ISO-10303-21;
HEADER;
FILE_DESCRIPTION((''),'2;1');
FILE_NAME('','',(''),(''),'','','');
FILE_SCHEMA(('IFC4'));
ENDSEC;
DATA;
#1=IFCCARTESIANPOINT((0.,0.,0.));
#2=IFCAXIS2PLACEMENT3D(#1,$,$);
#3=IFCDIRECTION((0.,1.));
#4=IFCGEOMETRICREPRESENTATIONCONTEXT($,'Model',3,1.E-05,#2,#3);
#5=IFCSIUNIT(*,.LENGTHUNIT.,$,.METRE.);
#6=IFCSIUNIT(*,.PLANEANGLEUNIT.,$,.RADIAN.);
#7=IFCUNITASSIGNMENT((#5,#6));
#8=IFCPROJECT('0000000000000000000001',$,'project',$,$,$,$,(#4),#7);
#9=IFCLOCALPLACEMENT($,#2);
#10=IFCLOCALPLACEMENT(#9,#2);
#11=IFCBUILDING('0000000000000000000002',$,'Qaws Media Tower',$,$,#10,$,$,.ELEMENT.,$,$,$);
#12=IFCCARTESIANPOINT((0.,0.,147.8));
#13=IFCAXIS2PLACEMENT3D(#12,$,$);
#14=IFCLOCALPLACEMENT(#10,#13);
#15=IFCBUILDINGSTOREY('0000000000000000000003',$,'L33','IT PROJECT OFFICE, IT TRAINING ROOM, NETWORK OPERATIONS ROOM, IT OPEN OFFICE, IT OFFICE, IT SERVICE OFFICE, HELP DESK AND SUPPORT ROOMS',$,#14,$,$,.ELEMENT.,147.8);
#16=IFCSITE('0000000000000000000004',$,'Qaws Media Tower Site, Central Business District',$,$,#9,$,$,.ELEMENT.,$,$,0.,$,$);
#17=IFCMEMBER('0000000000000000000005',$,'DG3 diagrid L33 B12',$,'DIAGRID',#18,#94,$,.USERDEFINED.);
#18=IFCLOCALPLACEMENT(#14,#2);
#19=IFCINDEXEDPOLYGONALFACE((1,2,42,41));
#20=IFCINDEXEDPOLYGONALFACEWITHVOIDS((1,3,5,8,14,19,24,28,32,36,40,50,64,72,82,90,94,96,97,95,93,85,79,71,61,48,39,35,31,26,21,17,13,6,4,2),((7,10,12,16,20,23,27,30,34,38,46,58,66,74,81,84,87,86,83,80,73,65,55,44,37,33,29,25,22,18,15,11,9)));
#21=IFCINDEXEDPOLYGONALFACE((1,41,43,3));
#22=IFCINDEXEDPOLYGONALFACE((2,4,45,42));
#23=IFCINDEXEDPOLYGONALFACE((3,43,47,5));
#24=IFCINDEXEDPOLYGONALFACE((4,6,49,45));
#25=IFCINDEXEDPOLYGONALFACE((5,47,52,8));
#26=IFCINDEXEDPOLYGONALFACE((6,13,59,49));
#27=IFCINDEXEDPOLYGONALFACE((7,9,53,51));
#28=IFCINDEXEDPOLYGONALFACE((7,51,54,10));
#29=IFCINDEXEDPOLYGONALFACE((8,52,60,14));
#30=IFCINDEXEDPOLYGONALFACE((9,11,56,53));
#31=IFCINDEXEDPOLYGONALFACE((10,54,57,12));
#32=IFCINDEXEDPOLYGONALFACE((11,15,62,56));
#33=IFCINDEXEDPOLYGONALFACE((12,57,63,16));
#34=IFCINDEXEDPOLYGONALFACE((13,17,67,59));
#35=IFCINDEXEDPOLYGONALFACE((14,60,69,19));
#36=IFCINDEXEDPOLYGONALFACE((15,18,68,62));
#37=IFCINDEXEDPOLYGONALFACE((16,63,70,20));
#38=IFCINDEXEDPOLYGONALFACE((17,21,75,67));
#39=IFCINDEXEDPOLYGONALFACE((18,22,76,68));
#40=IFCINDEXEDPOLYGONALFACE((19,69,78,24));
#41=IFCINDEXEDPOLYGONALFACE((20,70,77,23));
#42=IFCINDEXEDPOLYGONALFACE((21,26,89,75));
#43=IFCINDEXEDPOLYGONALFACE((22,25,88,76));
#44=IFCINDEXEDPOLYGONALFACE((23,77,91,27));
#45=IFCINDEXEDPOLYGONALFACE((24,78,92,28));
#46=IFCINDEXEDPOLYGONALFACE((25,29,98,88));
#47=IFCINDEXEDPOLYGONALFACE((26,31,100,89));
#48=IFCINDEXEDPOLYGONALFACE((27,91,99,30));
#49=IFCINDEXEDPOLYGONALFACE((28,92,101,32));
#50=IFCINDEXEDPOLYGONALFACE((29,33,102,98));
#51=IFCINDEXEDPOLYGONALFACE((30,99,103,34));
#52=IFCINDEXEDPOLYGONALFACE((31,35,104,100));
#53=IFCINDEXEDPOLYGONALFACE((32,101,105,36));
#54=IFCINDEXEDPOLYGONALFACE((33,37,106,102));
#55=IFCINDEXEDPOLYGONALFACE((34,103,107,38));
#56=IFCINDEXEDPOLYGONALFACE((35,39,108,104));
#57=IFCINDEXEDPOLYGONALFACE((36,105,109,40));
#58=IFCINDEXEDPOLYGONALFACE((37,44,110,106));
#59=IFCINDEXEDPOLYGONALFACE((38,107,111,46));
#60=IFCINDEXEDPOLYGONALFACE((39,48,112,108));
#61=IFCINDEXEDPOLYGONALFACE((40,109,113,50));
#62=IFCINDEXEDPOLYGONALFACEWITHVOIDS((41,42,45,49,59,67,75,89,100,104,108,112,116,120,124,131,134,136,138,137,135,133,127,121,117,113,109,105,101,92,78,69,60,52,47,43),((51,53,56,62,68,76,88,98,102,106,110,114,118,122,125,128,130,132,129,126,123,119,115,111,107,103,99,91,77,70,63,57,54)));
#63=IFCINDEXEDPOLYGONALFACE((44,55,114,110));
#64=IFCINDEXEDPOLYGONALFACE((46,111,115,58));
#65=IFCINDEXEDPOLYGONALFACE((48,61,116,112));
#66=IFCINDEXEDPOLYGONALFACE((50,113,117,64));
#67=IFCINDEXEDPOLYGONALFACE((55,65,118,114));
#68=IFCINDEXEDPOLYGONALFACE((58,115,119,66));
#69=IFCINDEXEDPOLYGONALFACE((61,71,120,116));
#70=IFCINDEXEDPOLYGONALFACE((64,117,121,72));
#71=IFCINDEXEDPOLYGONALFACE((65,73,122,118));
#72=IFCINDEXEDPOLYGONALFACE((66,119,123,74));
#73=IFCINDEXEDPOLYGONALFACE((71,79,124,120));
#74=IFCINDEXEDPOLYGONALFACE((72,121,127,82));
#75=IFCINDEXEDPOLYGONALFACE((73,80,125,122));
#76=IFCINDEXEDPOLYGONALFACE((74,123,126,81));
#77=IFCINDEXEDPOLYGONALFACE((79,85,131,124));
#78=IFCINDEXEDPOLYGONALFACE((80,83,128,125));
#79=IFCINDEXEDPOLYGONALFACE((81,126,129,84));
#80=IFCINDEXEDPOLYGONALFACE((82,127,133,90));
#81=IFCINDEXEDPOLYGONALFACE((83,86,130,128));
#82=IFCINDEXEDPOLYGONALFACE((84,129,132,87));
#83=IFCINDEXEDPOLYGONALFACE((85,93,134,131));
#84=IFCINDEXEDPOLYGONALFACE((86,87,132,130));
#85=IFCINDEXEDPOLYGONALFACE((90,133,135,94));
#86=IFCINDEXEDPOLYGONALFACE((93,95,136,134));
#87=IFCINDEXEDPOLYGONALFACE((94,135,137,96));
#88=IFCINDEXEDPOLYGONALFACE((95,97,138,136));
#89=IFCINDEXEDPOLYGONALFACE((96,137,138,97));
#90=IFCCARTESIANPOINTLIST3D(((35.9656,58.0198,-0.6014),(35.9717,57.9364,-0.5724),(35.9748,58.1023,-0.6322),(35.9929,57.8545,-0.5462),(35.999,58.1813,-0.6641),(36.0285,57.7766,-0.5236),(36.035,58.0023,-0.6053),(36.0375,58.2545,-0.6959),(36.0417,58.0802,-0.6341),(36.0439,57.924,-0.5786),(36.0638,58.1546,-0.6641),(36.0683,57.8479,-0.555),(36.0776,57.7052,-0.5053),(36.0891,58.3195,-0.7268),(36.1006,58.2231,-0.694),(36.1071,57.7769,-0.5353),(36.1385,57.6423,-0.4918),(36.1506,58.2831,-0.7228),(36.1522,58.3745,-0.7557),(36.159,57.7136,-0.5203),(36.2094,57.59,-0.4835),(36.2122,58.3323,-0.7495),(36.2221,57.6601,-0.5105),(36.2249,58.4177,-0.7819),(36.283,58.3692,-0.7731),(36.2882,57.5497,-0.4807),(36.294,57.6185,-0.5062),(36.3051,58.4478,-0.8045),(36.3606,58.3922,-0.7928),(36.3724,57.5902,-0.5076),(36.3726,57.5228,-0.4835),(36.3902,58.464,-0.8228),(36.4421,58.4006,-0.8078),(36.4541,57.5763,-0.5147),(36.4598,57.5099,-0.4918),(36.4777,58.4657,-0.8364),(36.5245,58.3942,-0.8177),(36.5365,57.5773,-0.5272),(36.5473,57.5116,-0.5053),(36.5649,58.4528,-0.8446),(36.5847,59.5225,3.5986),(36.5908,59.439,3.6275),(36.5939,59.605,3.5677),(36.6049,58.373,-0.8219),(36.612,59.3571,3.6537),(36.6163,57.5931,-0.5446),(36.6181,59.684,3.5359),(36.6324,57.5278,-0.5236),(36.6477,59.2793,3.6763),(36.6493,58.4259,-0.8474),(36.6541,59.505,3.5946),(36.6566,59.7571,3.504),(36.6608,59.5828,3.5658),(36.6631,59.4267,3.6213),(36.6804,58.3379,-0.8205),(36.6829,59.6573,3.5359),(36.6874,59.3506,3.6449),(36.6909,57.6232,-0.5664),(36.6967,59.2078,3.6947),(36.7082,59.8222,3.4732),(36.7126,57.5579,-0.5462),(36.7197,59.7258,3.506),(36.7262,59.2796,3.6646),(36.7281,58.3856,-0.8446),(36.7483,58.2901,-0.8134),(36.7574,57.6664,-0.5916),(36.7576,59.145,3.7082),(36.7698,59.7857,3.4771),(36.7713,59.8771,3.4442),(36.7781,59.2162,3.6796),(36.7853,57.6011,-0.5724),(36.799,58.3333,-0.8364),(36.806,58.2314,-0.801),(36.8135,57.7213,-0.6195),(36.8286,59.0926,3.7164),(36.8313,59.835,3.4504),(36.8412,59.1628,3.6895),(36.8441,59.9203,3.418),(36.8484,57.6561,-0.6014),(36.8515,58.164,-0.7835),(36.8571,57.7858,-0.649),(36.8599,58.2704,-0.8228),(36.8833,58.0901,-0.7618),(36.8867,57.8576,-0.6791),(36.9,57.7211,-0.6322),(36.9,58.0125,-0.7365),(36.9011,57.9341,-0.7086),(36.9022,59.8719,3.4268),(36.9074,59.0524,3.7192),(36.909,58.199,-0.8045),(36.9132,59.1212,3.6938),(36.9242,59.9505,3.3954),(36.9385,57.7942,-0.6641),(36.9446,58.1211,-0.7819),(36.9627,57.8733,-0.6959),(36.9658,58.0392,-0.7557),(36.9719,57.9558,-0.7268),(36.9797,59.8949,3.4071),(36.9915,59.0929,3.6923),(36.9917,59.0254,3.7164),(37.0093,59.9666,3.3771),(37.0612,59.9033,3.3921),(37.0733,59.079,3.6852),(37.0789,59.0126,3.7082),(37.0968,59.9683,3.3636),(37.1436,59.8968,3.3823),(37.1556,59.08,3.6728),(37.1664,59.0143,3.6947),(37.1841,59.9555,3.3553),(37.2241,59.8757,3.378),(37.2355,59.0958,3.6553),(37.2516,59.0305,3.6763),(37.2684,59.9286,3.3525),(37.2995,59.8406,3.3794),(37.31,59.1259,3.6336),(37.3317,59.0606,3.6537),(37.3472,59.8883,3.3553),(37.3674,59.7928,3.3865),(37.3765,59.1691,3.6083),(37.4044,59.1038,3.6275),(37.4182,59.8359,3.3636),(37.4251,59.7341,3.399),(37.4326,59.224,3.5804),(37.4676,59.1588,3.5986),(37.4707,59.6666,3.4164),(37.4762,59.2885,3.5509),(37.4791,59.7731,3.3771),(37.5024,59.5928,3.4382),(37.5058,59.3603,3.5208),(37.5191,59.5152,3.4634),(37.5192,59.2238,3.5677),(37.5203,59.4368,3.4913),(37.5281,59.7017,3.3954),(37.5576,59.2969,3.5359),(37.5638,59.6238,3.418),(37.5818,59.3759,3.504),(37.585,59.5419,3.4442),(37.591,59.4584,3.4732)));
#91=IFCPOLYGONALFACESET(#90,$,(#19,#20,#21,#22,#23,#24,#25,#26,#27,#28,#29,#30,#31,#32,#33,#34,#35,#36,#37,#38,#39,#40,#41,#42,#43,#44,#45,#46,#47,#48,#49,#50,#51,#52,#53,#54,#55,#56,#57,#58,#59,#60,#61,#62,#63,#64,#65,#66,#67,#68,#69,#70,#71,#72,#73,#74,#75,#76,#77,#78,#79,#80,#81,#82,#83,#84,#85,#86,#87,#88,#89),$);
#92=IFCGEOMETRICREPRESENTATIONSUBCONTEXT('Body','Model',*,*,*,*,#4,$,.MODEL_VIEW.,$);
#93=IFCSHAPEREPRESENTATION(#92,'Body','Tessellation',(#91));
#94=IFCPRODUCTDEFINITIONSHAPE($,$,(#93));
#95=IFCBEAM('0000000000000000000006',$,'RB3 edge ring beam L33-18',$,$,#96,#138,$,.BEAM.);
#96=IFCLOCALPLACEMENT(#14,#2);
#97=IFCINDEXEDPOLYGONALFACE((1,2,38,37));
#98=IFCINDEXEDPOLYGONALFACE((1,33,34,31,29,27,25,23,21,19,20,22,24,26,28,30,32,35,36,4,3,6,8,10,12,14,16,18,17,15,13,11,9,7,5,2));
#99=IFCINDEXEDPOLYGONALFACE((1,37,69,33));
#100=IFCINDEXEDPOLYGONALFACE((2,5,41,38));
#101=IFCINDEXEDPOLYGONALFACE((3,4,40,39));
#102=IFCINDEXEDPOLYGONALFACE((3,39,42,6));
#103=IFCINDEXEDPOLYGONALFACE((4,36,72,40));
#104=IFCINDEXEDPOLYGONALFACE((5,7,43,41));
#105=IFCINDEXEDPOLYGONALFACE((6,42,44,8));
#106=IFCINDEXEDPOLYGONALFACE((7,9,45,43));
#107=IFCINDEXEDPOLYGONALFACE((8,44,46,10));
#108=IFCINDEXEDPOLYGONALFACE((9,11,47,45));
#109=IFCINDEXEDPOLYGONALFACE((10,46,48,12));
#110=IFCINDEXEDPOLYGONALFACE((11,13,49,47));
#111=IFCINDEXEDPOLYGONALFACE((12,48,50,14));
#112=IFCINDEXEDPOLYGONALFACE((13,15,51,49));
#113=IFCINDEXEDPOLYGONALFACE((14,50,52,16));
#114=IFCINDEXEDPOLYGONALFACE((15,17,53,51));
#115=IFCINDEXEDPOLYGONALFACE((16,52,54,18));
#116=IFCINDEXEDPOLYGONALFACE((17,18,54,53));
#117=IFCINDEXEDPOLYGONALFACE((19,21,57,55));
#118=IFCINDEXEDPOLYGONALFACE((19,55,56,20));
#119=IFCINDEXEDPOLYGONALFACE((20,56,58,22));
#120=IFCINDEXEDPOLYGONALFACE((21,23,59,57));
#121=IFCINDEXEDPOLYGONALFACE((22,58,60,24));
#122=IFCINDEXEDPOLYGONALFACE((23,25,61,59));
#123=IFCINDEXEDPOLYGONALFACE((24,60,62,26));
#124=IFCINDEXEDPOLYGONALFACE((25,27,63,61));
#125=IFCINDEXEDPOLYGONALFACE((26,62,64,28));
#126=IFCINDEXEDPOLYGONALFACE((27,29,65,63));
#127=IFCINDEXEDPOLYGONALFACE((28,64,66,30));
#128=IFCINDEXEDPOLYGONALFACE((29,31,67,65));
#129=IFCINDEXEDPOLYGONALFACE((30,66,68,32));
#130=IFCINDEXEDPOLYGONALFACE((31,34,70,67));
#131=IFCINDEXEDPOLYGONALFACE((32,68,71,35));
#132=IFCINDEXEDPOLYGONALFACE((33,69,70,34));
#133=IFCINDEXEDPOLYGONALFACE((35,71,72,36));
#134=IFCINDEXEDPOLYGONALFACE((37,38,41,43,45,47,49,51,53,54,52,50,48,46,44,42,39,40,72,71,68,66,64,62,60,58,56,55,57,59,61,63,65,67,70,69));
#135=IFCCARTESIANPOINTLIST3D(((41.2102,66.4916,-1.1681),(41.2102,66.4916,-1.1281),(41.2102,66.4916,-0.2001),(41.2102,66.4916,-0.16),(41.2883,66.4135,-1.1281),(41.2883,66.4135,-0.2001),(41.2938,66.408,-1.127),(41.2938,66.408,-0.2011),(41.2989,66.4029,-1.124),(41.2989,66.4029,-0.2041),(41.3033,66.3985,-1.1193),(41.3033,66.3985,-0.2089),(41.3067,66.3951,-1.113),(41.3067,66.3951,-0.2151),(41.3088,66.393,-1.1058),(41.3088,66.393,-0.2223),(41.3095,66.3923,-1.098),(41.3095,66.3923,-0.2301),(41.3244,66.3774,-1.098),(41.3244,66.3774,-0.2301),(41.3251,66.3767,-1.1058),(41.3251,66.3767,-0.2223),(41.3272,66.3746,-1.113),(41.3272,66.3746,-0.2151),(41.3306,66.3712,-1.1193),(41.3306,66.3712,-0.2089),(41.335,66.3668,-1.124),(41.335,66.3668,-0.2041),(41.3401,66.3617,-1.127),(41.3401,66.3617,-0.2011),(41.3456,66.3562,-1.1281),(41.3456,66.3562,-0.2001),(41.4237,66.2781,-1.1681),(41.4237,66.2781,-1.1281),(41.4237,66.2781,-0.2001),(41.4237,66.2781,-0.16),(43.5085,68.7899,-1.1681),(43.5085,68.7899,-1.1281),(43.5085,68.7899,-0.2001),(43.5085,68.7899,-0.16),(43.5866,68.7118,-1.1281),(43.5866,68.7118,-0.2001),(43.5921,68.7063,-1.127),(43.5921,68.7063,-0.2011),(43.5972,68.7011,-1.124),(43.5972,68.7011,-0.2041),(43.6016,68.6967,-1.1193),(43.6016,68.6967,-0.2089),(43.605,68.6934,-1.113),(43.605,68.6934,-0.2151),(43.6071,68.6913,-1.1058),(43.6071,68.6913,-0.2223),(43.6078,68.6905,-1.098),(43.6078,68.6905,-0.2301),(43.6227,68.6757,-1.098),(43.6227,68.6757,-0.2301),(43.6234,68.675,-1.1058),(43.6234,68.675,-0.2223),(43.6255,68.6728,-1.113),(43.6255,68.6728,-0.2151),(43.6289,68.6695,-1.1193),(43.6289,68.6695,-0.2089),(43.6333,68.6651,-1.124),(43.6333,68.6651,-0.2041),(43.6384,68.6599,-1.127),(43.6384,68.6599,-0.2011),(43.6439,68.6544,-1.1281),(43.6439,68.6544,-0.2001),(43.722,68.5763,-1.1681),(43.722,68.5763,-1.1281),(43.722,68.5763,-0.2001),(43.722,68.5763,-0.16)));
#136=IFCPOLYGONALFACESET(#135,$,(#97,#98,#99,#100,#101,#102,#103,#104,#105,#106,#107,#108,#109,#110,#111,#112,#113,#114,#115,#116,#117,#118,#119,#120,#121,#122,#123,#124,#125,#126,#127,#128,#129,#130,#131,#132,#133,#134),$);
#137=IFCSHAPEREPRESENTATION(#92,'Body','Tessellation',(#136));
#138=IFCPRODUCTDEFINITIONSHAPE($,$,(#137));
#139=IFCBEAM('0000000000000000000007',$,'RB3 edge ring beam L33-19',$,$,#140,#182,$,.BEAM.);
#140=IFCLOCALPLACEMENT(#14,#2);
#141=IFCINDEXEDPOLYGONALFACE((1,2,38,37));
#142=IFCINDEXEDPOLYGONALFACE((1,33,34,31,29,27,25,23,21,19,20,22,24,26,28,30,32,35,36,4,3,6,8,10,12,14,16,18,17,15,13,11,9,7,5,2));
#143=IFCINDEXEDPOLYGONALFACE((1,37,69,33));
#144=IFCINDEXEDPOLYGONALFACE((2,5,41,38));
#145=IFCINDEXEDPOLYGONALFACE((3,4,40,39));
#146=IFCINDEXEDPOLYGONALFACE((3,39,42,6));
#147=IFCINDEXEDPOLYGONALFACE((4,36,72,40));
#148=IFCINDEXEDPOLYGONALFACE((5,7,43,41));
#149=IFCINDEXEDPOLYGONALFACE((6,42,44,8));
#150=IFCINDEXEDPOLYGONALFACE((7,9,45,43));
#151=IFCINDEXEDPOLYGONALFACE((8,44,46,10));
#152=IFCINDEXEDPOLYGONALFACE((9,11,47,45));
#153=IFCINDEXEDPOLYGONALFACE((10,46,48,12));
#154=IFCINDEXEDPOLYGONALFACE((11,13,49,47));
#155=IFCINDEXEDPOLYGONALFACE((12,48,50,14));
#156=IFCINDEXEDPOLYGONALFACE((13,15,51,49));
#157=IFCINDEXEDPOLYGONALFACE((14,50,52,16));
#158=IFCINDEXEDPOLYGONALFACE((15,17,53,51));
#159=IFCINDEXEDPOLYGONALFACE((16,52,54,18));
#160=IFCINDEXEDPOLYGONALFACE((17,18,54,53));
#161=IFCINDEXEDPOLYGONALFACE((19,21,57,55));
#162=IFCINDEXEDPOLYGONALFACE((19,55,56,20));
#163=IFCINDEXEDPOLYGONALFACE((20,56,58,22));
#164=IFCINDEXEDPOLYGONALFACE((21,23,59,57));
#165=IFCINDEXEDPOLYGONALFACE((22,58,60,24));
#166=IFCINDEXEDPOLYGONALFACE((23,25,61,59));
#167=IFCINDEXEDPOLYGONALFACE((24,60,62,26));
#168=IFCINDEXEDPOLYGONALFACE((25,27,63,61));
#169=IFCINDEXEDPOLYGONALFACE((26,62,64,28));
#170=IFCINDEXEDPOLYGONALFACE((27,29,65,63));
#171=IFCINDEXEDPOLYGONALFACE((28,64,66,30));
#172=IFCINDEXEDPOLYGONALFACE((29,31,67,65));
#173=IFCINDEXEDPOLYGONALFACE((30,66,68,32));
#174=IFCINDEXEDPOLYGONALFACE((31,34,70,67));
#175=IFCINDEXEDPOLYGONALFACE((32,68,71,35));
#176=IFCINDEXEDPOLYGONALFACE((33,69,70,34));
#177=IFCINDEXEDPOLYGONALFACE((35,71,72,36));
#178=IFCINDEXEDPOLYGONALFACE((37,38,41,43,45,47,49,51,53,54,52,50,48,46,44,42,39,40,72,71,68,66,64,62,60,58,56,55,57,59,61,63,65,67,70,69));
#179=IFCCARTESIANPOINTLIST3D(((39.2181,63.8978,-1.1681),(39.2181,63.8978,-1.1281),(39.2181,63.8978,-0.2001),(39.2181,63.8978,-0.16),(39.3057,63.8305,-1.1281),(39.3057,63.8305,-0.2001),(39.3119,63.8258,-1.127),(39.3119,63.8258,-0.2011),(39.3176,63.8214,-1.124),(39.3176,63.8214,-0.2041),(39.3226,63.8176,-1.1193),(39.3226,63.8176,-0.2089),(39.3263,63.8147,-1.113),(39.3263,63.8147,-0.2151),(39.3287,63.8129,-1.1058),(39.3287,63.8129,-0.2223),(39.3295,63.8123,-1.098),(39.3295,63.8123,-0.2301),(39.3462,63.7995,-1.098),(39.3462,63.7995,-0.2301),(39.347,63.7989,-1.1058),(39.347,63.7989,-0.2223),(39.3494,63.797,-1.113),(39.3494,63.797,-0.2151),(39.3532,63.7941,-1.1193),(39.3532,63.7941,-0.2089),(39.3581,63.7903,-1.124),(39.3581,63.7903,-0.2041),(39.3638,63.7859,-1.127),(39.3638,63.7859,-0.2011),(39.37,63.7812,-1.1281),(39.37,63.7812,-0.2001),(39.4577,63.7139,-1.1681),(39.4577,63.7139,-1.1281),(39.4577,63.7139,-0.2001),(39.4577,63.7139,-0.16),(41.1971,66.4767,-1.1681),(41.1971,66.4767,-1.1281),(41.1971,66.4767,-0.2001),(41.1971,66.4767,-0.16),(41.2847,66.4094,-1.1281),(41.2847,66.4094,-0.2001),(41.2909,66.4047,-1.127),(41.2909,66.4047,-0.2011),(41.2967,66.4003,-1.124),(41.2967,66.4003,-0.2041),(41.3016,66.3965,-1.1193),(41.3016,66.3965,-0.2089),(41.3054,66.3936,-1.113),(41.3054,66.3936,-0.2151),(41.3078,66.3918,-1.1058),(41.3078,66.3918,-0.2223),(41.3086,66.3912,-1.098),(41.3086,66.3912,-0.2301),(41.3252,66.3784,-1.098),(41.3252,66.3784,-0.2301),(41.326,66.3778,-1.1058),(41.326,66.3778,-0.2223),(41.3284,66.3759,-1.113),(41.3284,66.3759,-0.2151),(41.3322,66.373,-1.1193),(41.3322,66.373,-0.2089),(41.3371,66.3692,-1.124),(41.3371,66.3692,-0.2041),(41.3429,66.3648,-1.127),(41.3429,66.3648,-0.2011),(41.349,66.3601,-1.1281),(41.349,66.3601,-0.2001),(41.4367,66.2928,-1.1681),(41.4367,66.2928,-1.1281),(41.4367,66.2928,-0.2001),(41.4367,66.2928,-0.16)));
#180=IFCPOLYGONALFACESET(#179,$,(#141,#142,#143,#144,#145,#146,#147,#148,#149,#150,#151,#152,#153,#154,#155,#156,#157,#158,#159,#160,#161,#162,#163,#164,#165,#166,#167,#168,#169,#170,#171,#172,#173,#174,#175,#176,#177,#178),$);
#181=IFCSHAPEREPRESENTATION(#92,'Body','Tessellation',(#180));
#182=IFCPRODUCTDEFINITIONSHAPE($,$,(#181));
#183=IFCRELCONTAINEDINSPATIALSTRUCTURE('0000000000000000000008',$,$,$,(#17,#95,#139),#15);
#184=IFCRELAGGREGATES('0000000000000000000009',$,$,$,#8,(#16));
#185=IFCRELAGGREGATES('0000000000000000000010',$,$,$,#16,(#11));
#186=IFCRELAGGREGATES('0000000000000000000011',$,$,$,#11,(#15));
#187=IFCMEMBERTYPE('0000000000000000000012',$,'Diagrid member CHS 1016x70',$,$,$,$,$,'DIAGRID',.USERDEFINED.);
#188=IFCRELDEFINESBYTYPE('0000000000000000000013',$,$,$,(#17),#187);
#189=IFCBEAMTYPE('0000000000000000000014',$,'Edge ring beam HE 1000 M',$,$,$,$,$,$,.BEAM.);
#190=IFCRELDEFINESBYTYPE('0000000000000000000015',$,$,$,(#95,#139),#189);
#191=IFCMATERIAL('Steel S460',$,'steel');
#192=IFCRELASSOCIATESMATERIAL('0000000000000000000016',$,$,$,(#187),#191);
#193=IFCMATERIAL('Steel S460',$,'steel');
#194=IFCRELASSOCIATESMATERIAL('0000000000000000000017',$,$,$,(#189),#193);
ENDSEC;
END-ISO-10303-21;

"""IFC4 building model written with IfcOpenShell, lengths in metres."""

from ifc_helpers import new_model, si_unit, direction, frame, origin, origin_2d, place, context, subcontext, project, spatial, hollow_circle, i_section, extrude, material, material_profile, profile_set, type_object, element, save


model = new_model("IFC4")

# Units and contexts
model_context = context("Model", 3, precision=1e-05, world=origin(), true_north=direction((0.0, 1.0)))
body_context = subcontext(model_context, "Body", "Model", "MODEL_VIEW")
ifc_project = project(units=[si_unit("LENGTHUNIT", "METRE"), si_unit("PLANEANGLEUNIT", "RADIAN")], contexts=[model_context])

# Site, building, storey
site_placement = place(None, origin())
site = spatial("IfcSite", under=ifc_project, at=site_placement, Name="Qaws Media Tower Site, Central Business District", CompositionType="ELEMENT", RefElevation=0.0)
building_placement = place(site_placement, origin())
building = spatial("IfcBuilding", under=site, at=building_placement, Name="Qaws Media Tower", CompositionType="ELEMENT")
storey_placement = place(building_placement, frame((0.0, 0.0, 147.8)))
storey = spatial("IfcBuildingStorey", under=building, at=storey_placement, Name="L33", Description="IT PROJECT OFFICE, IT TRAINING ROOM, NETWORK OPERATIONS ROOM, IT OPEN OFFICE, IT OFFICE, IT SERVICE OFFICE, HELP DESK AND SUPPORT ROOMS", CompositionType="ELEMENT", Elevation=147.8)

# Member
ifc_material_1 = material(Name="Steel S460", Category="steel")
ifc_material_profile_1 = material_profile(ifc_material_1, hollow_circle(Radius=0.5081, WallThickness=0.0701, at=origin_2d()), Name="CHS 1016x70")
ifc_profile_set_1 = profile_set([ifc_material_profile_1], Name="Steel S460")
member_type_1 = type_object("IfcMemberType", Name="Diagrid member CHS 1016x70", ElementType="DIAGRID", PredefinedType="USERDEFINED", material=ifc_profile_set_1)
for number, where, z_axis, x_axis, name in (
    (1, (36.4688, 57.9878, -0.6641), (0.137482, 0.333675, 0.932609), (-0.924594, 0.380954, 0.0), "DG3 diagrid L33 B12"),
):
    element("IfcMember", number, at=place(storey_placement, frame(where, z_axis=z_axis, x_axis=x_axis)), inside=storey, type_object=member_type_1, Name=name, ObjectType="DIAGRID", PredefinedType="USERDEFINED", context=body_context, shape_type="SweptSolid", body=[
        extrude(hollow_circle(Radius=0.5081, WallThickness=0.0701, at=origin_2d()), origin(), (0.0, 0.0, 1.0), 4.5034),
    ])

# Beams
ifc_material_2 = material(Name="Steel S460", Category="steel")
ifc_material_profile_2 = material_profile(ifc_material_2, i_section(OverallWidth=0.302, OverallDepth=1.0081, WebThickness=0.021, FlangeThickness=0.04, FilletRadius=0.03, at=origin_2d()), Name="HE 1000 M")
ifc_profile_set_2 = profile_set([ifc_material_profile_2], Name="Steel S460")
beam_type = type_object("IfcBeamType", Name="Edge ring beam HE 1000 M", PredefinedType="BEAM", material=ifc_profile_set_2)
beam_1_placement = place(storey_placement, frame((43.6152, 68.6831, -0.6641), z_axis=(-0.707107, -0.707107, 0.0), x_axis=(0.707107, -0.707107, 0.0)))
element("IfcBeam", 2, at=beam_1_placement, inside=storey, type_object=beam_type, Name="RB3 edge ring beam L33-18", PredefinedType="BEAM", context=body_context, shape_type="SweptSolid", body=[
    extrude(i_section(OverallWidth=0.302, OverallDepth=1.0081, WebThickness=0.021, FlangeThickness=0.04, FilletRadius=0.03, at=origin_2d()), origin(), (0.0, 0.0, 1.0), 3.2502),
])
beam_2_placement = place(storey_placement, frame((41.3169, 66.3848, -0.6641), z_axis=(-0.608796, -0.793327, 0.0), x_axis=(0.793327, -0.608796, 0.0)))
element("IfcBeam", 3, at=beam_2_placement, inside=storey, type_object=beam_type, Name="RB3 edge ring beam L33-19", PredefinedType="BEAM", context=body_context, shape_type="SweptSolid", body=[
    extrude(i_section(OverallWidth=0.302, OverallDepth=1.0081, WebThickness=0.021, FlangeThickness=0.04, FilletRadius=0.03, at=origin_2d()), origin(), (0.0, 0.0, 1.0), 3.2507),
])

save(model, "model.ifc")
